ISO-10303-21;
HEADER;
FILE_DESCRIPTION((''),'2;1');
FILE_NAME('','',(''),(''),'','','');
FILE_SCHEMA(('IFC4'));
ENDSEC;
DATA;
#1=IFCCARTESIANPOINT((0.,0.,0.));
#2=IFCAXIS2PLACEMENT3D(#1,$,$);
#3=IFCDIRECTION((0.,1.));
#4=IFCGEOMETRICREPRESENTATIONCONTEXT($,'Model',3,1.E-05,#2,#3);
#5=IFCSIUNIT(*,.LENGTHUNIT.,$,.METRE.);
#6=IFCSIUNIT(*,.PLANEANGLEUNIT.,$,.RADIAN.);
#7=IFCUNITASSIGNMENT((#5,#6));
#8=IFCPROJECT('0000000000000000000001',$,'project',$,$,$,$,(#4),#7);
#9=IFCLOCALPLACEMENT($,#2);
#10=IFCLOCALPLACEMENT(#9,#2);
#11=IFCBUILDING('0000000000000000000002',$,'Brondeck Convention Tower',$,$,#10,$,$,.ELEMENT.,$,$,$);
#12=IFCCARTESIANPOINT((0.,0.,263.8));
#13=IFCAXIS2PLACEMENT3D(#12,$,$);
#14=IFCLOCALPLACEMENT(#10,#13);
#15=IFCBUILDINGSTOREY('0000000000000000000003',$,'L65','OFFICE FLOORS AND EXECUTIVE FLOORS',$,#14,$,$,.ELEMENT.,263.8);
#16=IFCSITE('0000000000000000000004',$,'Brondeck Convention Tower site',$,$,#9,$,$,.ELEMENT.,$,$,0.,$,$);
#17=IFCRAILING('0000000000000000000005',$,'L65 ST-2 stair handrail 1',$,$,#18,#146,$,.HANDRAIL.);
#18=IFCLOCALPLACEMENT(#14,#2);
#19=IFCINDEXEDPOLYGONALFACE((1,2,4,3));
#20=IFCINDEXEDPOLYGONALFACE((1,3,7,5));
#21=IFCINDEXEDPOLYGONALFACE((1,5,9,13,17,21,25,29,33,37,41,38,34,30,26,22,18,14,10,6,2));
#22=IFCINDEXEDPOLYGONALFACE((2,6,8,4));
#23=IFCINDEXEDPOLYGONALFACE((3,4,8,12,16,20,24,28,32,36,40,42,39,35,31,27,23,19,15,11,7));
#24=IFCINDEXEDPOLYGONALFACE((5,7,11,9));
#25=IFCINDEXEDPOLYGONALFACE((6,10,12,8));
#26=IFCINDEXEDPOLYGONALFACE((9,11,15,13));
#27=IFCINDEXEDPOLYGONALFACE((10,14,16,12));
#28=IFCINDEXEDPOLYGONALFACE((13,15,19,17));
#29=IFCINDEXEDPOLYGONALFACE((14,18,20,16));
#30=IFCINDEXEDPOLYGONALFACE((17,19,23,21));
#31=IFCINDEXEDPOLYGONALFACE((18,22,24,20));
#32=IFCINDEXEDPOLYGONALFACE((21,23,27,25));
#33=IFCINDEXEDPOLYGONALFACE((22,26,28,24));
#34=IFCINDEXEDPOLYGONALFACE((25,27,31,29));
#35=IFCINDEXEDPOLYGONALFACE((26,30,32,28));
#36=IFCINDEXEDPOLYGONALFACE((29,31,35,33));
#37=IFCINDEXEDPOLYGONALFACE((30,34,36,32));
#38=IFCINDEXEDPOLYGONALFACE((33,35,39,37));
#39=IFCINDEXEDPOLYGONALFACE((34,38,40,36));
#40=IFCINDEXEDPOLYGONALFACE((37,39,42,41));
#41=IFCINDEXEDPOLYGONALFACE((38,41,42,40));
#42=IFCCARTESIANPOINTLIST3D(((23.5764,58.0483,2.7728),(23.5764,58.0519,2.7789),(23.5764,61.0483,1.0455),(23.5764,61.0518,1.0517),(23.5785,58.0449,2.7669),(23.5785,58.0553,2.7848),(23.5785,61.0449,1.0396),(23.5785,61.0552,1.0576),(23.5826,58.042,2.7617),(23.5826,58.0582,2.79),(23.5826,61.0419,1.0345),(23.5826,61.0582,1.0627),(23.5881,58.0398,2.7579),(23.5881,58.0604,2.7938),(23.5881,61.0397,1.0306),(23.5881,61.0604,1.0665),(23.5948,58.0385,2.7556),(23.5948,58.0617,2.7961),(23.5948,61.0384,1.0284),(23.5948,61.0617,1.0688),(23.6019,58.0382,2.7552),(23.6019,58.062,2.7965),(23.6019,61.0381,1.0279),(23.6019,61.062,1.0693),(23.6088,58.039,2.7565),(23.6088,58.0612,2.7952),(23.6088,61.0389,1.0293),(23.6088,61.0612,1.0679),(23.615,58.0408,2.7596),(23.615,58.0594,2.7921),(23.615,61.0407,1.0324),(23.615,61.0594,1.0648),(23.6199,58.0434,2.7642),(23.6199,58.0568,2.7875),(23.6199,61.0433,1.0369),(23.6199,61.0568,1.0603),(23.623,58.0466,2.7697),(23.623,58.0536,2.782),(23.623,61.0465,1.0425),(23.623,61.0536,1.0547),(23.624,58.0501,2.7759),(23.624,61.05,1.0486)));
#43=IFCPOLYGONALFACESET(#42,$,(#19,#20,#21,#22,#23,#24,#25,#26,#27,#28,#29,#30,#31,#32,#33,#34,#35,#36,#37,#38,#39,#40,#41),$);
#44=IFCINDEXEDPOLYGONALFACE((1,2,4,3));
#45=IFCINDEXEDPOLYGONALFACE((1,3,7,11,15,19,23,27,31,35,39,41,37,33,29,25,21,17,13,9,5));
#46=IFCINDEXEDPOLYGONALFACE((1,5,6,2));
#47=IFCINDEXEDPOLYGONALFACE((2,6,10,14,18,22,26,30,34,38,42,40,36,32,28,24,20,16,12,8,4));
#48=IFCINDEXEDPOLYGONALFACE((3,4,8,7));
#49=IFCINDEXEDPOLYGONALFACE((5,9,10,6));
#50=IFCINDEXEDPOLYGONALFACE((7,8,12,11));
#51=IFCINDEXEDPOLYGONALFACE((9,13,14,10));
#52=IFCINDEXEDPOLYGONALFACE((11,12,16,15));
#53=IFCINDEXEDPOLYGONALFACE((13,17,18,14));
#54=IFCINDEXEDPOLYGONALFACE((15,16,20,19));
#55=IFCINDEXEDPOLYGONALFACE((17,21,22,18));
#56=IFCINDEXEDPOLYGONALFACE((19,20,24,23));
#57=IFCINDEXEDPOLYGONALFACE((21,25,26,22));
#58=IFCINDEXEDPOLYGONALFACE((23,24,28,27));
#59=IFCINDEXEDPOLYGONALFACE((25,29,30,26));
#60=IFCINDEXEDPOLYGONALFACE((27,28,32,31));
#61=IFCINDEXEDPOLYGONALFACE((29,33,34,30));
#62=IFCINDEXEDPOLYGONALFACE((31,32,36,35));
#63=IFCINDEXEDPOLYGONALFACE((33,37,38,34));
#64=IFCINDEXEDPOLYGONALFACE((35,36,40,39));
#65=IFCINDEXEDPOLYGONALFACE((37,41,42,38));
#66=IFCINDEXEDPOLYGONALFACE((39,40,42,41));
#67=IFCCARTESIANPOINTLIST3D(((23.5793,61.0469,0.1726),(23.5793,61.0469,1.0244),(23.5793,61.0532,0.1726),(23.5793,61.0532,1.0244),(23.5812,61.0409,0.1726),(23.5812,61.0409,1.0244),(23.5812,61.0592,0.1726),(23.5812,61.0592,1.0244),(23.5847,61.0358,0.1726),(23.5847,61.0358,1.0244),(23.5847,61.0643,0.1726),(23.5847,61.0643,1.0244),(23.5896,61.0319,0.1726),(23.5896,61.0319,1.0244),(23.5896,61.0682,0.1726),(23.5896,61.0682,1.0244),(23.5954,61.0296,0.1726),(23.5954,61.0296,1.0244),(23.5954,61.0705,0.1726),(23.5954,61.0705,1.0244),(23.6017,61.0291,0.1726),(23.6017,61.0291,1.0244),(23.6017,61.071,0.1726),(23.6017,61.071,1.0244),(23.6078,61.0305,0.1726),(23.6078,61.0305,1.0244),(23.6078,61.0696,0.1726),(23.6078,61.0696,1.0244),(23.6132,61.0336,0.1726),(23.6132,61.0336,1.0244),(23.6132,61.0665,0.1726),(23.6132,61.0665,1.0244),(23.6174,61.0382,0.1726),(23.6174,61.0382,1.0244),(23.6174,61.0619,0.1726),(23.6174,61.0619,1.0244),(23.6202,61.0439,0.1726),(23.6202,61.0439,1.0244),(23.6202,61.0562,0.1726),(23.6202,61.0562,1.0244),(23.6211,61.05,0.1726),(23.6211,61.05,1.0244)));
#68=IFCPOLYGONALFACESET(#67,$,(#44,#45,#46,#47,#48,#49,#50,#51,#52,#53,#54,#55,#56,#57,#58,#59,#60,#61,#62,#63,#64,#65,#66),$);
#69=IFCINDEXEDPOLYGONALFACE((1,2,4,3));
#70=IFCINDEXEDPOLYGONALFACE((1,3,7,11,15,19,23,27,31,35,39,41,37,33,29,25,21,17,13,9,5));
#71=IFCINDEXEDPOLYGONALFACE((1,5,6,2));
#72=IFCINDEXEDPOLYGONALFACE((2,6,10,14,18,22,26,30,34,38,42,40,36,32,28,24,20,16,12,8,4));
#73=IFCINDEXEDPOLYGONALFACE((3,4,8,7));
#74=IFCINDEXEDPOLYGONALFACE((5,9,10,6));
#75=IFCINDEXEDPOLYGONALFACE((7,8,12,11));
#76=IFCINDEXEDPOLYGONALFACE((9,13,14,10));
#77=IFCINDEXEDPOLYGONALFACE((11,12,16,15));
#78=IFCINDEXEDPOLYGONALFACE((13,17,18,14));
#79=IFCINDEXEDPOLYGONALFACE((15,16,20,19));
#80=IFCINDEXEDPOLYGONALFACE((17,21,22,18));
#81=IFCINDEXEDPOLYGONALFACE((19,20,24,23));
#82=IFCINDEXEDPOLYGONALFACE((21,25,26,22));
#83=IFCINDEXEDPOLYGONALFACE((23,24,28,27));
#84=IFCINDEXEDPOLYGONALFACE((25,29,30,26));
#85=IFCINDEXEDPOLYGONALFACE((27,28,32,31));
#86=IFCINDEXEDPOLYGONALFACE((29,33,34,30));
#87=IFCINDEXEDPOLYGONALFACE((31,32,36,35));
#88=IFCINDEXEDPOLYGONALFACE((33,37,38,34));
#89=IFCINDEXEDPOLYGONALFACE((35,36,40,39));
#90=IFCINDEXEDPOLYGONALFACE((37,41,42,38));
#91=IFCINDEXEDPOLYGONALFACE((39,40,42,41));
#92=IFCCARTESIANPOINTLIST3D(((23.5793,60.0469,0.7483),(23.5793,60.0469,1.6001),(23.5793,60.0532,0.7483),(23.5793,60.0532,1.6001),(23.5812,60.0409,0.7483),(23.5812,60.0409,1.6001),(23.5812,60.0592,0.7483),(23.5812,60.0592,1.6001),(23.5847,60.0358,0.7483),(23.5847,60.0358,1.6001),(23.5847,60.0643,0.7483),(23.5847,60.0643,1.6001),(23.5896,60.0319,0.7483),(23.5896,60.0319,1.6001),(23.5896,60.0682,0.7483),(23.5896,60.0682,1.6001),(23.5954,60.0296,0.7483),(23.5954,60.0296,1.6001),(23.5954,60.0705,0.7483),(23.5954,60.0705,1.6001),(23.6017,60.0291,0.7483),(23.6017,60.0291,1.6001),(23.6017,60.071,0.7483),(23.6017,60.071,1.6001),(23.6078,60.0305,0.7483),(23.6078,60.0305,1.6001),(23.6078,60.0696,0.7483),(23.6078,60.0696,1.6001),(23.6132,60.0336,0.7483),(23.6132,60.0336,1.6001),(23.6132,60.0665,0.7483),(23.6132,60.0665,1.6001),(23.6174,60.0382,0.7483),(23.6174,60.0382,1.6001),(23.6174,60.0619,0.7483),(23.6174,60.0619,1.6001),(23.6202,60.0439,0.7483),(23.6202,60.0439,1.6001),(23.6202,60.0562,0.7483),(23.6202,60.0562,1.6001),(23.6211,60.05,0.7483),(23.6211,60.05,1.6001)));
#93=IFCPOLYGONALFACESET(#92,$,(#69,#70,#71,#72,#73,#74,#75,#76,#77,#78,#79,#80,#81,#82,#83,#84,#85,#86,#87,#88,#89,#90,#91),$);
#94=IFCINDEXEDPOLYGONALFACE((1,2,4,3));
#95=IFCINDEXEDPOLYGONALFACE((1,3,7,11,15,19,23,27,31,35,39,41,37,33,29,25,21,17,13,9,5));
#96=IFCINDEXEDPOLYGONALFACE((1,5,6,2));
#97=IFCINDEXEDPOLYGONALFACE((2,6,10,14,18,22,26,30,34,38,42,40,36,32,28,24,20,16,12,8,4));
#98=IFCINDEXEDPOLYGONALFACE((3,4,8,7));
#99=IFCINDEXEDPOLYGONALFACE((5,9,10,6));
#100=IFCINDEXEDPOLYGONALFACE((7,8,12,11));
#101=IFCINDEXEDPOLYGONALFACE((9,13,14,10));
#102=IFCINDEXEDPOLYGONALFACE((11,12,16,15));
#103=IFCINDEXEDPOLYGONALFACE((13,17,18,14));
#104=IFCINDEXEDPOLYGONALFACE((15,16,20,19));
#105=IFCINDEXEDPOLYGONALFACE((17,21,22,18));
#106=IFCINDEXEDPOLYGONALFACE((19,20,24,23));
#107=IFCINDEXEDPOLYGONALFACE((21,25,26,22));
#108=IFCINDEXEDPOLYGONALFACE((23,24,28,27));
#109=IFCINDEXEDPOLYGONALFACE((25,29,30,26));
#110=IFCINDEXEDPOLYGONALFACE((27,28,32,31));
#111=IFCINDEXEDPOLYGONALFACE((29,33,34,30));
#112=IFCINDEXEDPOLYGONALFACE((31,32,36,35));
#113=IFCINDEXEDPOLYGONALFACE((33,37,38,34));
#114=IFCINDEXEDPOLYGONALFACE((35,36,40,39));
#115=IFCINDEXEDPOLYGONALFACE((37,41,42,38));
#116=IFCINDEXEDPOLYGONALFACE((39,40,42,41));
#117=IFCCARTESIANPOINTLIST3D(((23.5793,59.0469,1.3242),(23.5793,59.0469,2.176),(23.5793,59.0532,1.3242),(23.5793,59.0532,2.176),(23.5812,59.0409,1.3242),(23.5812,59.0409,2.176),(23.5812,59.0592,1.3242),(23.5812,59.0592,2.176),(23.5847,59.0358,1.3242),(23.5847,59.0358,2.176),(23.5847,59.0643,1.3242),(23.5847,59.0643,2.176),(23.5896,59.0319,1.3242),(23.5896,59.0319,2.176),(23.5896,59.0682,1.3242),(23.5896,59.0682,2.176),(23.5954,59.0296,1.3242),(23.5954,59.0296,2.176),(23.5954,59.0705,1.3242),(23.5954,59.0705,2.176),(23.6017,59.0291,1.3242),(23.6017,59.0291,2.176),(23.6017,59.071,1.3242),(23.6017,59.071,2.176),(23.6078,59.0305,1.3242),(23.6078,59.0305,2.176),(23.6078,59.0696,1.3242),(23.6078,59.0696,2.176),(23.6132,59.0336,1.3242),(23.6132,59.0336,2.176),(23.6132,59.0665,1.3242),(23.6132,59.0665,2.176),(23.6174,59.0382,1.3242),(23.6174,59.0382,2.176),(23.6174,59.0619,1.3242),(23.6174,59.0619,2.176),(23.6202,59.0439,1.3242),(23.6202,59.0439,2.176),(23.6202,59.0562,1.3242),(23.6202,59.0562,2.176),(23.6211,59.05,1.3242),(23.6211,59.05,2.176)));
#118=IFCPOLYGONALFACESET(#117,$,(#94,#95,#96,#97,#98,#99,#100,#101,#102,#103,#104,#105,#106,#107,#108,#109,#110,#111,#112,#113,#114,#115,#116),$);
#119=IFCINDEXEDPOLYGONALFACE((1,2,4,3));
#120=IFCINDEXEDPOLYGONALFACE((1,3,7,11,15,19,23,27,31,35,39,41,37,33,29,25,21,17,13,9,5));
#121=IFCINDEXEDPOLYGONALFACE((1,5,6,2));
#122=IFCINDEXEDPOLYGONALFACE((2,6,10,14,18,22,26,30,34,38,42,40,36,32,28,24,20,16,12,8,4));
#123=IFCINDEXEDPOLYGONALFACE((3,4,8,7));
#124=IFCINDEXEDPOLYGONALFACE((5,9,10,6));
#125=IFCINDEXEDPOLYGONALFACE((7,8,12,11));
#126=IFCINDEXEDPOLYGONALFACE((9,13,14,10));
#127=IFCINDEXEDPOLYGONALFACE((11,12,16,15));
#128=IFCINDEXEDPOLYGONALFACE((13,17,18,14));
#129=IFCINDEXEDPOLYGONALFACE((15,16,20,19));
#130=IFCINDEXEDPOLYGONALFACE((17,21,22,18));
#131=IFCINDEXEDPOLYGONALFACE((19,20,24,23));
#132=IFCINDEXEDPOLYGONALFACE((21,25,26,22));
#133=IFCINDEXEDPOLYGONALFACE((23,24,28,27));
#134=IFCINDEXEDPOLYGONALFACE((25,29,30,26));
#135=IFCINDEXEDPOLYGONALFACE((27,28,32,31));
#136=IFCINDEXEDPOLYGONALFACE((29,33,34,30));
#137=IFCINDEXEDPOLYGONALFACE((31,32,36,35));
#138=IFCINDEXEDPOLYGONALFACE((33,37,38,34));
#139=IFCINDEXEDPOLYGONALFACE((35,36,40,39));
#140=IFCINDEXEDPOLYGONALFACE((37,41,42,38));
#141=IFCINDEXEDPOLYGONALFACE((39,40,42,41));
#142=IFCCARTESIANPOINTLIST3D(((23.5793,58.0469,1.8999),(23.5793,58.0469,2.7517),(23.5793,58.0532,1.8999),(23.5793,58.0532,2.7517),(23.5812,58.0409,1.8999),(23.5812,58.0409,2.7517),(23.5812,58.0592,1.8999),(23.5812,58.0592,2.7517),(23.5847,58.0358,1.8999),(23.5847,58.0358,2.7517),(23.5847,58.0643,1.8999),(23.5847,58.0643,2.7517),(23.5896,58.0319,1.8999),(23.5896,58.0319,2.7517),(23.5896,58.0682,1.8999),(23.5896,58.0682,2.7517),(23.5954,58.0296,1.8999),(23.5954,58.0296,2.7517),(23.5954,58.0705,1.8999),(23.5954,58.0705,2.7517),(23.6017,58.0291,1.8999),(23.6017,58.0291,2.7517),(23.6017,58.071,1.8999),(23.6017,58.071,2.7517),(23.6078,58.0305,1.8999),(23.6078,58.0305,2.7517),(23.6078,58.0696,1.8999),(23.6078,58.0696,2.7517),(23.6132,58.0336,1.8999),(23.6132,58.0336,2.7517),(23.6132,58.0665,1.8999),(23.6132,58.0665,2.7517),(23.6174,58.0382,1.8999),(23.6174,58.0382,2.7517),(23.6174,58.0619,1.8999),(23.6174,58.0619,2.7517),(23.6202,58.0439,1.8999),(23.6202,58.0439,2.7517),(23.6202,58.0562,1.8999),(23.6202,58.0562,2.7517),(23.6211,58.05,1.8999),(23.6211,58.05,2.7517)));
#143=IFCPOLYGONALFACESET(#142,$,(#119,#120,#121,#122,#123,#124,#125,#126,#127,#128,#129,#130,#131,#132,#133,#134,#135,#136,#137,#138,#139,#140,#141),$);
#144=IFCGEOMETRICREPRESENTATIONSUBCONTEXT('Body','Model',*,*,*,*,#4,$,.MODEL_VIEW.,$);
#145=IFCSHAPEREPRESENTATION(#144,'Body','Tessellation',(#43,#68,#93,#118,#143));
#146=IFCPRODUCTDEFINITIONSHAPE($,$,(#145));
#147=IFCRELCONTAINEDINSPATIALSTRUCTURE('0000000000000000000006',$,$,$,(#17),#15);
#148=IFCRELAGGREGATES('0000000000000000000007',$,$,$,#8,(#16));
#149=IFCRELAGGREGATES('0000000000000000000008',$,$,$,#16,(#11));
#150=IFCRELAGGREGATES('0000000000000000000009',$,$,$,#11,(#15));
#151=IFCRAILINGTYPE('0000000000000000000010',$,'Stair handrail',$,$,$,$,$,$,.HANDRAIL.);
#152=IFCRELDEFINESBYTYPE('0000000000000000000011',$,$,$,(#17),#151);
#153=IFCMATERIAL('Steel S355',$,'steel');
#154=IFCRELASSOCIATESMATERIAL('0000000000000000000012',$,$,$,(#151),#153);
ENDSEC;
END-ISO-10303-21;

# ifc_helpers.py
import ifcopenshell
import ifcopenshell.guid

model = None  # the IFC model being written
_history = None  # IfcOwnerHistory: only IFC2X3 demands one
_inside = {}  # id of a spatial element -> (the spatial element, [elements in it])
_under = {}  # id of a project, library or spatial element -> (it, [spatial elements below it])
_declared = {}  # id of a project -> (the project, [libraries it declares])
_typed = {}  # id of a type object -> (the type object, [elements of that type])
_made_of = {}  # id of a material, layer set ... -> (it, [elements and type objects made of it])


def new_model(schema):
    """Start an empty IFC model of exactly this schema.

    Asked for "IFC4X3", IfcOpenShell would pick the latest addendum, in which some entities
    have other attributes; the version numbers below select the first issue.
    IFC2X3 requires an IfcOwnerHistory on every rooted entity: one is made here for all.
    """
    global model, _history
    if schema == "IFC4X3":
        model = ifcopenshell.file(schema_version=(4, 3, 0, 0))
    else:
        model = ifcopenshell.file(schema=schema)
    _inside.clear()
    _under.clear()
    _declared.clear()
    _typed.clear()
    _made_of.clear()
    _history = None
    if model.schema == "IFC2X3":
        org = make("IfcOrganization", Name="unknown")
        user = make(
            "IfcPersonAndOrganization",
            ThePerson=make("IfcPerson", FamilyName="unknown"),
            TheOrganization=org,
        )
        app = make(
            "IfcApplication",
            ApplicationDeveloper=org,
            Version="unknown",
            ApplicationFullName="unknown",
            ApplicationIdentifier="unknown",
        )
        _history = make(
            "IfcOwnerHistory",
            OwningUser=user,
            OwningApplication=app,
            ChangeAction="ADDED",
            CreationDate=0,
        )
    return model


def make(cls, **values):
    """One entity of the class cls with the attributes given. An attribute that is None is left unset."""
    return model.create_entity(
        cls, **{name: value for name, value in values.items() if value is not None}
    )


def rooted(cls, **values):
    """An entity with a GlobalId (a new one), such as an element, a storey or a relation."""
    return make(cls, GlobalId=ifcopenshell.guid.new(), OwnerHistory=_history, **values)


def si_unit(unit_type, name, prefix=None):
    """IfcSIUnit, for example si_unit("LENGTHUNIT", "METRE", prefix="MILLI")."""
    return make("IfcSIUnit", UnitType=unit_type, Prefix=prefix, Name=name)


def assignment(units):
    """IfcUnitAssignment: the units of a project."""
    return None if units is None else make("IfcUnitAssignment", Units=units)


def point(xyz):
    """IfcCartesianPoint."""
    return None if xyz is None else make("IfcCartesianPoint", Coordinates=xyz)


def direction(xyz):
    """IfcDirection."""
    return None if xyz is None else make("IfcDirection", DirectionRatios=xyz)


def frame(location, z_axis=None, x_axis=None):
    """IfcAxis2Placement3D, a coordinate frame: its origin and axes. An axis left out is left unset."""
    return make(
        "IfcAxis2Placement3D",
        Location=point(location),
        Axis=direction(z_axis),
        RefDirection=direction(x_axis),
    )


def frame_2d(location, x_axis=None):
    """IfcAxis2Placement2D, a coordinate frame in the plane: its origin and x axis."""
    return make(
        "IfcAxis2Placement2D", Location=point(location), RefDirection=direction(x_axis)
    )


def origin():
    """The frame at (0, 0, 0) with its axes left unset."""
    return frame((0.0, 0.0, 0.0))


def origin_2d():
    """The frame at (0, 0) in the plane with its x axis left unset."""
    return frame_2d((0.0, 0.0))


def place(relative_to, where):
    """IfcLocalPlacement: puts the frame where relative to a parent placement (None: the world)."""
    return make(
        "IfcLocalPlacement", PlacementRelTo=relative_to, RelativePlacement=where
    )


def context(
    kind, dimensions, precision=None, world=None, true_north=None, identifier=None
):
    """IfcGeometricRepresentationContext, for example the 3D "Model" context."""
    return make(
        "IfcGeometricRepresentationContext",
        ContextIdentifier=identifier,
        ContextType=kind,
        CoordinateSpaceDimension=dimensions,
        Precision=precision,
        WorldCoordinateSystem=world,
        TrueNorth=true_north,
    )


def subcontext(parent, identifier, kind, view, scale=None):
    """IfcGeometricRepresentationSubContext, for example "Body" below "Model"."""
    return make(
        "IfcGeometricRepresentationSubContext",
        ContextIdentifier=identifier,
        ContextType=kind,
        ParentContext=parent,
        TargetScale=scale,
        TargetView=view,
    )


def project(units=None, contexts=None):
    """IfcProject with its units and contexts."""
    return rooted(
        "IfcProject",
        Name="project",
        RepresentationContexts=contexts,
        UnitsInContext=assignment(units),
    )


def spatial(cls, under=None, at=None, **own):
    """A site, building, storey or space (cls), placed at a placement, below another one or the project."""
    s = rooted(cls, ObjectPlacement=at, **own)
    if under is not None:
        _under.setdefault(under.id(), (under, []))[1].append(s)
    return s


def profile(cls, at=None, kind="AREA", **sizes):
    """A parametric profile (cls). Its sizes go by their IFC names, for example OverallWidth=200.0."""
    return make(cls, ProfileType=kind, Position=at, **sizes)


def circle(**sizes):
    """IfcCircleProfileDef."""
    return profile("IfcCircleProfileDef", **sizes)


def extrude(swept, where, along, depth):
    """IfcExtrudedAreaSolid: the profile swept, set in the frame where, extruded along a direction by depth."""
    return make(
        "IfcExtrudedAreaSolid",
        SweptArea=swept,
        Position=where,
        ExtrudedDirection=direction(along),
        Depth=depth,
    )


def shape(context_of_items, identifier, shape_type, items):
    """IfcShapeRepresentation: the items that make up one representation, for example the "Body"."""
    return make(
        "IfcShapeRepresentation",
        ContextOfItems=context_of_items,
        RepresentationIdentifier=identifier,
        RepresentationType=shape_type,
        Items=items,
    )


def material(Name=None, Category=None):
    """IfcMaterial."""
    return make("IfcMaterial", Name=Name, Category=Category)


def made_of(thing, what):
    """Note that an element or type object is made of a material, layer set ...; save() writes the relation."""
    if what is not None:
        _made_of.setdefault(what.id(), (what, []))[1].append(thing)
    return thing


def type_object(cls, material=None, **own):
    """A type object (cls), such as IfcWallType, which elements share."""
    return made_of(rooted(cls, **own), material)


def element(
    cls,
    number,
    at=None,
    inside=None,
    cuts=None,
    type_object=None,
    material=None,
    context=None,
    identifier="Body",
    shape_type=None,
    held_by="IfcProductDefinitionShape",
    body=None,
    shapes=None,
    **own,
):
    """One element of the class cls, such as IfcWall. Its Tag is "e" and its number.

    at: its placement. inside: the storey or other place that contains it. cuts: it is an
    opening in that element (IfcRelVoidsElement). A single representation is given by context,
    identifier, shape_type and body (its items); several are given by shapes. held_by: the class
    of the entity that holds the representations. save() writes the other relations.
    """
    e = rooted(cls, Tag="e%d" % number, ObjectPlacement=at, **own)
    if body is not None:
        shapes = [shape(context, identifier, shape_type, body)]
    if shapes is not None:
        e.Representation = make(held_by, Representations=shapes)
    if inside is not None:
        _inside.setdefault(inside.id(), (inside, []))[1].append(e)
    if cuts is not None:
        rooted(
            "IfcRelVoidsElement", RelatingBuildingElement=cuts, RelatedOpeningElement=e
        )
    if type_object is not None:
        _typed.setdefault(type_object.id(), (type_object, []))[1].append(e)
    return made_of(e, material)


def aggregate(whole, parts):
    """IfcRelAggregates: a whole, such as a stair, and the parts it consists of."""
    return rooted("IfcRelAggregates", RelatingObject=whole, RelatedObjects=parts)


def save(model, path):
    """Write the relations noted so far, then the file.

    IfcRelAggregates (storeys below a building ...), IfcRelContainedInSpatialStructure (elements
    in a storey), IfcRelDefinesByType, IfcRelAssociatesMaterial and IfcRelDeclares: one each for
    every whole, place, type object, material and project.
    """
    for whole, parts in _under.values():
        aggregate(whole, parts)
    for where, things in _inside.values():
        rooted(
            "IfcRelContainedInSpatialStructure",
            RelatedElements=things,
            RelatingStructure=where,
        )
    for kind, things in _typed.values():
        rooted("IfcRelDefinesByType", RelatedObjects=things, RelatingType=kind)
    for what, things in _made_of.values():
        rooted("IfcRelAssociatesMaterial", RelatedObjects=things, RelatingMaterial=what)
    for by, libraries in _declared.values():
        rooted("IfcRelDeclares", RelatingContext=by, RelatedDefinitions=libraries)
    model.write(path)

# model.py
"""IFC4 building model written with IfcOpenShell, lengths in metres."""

from ifc_helpers import new_model, si_unit, direction, frame, origin, origin_2d, place, context, subcontext, project, spatial, circle, extrude, material, type_object, element, save


model = new_model("IFC4")

# Units and contexts
model_context = context("Model", 3, precision=1e-05, world=origin(), true_north=direction((0.0, 1.0)))
body_context = subcontext(model_context, "Body", "Model", "MODEL_VIEW")
ifc_project = project(units=[si_unit("LENGTHUNIT", "METRE"), si_unit("PLANEANGLEUNIT", "RADIAN")], contexts=[model_context])

# Site, building, storey
site_placement = place(None, origin())
site = spatial("IfcSite", under=ifc_project, at=site_placement, Name="Brondeck Convention Tower site", CompositionType="ELEMENT", RefElevation=0.0)
building_placement = place(site_placement, origin())
building = spatial("IfcBuilding", under=site, at=building_placement, Name="Brondeck Convention Tower", CompositionType="ELEMENT")
storey_placement = place(building_placement, frame((0.0, 0.0, 263.8)))
storey = spatial("IfcBuildingStorey", under=building, at=storey_placement, Name="L65", Description="OFFICE FLOORS AND EXECUTIVE FLOORS", CompositionType="ELEMENT", Elevation=263.8)

# Railing
ifc_material_1 = material(Name="Steel S355", Category="steel")
railing_type_1 = type_object("IfcRailingType", Name="Stair handrail", PredefinedType="HANDRAIL", material=ifc_material_1)
railing_1_placement = place(storey_placement, frame((23.6001, 61.05, 0.1726)))
element("IfcRailing", 1, at=railing_1_placement, inside=storey, type_object=railing_type_1, Name="L65 ST-2 stair handrail 1", PredefinedType="HANDRAIL", context=body_context, shape_type="SweptSolid", body=[
    extrude(circle(Radius=0.0239, at=origin_2d()), frame((0.0, 0.0, 0.876), z_axis=(0.0, -0.86662, 0.498969), x_axis=(1.0, 0.0, 0.0)), (0.0, 0.0, 1.0), 3.4617),
    extrude(circle(Radius=0.021, at=origin_2d()), origin(), (0.0, 0.0, 1.0), 0.8518),
    extrude(circle(Radius=0.021, at=origin_2d()), frame((0.0, -1.0, 0.5757)), (0.0, 0.0, 1.0), 0.8518),
    extrude(circle(Radius=0.021, at=origin_2d()), frame((0.0, -2.0, 1.1516)), (0.0, 0.0, 1.0), 0.8518),
    extrude(circle(Radius=0.021, at=origin_2d()), frame((0.0, -3.0, 1.7273)), (0.0, 0.0, 1.0), 0.8518),
])

save(model, "model.ifc")
